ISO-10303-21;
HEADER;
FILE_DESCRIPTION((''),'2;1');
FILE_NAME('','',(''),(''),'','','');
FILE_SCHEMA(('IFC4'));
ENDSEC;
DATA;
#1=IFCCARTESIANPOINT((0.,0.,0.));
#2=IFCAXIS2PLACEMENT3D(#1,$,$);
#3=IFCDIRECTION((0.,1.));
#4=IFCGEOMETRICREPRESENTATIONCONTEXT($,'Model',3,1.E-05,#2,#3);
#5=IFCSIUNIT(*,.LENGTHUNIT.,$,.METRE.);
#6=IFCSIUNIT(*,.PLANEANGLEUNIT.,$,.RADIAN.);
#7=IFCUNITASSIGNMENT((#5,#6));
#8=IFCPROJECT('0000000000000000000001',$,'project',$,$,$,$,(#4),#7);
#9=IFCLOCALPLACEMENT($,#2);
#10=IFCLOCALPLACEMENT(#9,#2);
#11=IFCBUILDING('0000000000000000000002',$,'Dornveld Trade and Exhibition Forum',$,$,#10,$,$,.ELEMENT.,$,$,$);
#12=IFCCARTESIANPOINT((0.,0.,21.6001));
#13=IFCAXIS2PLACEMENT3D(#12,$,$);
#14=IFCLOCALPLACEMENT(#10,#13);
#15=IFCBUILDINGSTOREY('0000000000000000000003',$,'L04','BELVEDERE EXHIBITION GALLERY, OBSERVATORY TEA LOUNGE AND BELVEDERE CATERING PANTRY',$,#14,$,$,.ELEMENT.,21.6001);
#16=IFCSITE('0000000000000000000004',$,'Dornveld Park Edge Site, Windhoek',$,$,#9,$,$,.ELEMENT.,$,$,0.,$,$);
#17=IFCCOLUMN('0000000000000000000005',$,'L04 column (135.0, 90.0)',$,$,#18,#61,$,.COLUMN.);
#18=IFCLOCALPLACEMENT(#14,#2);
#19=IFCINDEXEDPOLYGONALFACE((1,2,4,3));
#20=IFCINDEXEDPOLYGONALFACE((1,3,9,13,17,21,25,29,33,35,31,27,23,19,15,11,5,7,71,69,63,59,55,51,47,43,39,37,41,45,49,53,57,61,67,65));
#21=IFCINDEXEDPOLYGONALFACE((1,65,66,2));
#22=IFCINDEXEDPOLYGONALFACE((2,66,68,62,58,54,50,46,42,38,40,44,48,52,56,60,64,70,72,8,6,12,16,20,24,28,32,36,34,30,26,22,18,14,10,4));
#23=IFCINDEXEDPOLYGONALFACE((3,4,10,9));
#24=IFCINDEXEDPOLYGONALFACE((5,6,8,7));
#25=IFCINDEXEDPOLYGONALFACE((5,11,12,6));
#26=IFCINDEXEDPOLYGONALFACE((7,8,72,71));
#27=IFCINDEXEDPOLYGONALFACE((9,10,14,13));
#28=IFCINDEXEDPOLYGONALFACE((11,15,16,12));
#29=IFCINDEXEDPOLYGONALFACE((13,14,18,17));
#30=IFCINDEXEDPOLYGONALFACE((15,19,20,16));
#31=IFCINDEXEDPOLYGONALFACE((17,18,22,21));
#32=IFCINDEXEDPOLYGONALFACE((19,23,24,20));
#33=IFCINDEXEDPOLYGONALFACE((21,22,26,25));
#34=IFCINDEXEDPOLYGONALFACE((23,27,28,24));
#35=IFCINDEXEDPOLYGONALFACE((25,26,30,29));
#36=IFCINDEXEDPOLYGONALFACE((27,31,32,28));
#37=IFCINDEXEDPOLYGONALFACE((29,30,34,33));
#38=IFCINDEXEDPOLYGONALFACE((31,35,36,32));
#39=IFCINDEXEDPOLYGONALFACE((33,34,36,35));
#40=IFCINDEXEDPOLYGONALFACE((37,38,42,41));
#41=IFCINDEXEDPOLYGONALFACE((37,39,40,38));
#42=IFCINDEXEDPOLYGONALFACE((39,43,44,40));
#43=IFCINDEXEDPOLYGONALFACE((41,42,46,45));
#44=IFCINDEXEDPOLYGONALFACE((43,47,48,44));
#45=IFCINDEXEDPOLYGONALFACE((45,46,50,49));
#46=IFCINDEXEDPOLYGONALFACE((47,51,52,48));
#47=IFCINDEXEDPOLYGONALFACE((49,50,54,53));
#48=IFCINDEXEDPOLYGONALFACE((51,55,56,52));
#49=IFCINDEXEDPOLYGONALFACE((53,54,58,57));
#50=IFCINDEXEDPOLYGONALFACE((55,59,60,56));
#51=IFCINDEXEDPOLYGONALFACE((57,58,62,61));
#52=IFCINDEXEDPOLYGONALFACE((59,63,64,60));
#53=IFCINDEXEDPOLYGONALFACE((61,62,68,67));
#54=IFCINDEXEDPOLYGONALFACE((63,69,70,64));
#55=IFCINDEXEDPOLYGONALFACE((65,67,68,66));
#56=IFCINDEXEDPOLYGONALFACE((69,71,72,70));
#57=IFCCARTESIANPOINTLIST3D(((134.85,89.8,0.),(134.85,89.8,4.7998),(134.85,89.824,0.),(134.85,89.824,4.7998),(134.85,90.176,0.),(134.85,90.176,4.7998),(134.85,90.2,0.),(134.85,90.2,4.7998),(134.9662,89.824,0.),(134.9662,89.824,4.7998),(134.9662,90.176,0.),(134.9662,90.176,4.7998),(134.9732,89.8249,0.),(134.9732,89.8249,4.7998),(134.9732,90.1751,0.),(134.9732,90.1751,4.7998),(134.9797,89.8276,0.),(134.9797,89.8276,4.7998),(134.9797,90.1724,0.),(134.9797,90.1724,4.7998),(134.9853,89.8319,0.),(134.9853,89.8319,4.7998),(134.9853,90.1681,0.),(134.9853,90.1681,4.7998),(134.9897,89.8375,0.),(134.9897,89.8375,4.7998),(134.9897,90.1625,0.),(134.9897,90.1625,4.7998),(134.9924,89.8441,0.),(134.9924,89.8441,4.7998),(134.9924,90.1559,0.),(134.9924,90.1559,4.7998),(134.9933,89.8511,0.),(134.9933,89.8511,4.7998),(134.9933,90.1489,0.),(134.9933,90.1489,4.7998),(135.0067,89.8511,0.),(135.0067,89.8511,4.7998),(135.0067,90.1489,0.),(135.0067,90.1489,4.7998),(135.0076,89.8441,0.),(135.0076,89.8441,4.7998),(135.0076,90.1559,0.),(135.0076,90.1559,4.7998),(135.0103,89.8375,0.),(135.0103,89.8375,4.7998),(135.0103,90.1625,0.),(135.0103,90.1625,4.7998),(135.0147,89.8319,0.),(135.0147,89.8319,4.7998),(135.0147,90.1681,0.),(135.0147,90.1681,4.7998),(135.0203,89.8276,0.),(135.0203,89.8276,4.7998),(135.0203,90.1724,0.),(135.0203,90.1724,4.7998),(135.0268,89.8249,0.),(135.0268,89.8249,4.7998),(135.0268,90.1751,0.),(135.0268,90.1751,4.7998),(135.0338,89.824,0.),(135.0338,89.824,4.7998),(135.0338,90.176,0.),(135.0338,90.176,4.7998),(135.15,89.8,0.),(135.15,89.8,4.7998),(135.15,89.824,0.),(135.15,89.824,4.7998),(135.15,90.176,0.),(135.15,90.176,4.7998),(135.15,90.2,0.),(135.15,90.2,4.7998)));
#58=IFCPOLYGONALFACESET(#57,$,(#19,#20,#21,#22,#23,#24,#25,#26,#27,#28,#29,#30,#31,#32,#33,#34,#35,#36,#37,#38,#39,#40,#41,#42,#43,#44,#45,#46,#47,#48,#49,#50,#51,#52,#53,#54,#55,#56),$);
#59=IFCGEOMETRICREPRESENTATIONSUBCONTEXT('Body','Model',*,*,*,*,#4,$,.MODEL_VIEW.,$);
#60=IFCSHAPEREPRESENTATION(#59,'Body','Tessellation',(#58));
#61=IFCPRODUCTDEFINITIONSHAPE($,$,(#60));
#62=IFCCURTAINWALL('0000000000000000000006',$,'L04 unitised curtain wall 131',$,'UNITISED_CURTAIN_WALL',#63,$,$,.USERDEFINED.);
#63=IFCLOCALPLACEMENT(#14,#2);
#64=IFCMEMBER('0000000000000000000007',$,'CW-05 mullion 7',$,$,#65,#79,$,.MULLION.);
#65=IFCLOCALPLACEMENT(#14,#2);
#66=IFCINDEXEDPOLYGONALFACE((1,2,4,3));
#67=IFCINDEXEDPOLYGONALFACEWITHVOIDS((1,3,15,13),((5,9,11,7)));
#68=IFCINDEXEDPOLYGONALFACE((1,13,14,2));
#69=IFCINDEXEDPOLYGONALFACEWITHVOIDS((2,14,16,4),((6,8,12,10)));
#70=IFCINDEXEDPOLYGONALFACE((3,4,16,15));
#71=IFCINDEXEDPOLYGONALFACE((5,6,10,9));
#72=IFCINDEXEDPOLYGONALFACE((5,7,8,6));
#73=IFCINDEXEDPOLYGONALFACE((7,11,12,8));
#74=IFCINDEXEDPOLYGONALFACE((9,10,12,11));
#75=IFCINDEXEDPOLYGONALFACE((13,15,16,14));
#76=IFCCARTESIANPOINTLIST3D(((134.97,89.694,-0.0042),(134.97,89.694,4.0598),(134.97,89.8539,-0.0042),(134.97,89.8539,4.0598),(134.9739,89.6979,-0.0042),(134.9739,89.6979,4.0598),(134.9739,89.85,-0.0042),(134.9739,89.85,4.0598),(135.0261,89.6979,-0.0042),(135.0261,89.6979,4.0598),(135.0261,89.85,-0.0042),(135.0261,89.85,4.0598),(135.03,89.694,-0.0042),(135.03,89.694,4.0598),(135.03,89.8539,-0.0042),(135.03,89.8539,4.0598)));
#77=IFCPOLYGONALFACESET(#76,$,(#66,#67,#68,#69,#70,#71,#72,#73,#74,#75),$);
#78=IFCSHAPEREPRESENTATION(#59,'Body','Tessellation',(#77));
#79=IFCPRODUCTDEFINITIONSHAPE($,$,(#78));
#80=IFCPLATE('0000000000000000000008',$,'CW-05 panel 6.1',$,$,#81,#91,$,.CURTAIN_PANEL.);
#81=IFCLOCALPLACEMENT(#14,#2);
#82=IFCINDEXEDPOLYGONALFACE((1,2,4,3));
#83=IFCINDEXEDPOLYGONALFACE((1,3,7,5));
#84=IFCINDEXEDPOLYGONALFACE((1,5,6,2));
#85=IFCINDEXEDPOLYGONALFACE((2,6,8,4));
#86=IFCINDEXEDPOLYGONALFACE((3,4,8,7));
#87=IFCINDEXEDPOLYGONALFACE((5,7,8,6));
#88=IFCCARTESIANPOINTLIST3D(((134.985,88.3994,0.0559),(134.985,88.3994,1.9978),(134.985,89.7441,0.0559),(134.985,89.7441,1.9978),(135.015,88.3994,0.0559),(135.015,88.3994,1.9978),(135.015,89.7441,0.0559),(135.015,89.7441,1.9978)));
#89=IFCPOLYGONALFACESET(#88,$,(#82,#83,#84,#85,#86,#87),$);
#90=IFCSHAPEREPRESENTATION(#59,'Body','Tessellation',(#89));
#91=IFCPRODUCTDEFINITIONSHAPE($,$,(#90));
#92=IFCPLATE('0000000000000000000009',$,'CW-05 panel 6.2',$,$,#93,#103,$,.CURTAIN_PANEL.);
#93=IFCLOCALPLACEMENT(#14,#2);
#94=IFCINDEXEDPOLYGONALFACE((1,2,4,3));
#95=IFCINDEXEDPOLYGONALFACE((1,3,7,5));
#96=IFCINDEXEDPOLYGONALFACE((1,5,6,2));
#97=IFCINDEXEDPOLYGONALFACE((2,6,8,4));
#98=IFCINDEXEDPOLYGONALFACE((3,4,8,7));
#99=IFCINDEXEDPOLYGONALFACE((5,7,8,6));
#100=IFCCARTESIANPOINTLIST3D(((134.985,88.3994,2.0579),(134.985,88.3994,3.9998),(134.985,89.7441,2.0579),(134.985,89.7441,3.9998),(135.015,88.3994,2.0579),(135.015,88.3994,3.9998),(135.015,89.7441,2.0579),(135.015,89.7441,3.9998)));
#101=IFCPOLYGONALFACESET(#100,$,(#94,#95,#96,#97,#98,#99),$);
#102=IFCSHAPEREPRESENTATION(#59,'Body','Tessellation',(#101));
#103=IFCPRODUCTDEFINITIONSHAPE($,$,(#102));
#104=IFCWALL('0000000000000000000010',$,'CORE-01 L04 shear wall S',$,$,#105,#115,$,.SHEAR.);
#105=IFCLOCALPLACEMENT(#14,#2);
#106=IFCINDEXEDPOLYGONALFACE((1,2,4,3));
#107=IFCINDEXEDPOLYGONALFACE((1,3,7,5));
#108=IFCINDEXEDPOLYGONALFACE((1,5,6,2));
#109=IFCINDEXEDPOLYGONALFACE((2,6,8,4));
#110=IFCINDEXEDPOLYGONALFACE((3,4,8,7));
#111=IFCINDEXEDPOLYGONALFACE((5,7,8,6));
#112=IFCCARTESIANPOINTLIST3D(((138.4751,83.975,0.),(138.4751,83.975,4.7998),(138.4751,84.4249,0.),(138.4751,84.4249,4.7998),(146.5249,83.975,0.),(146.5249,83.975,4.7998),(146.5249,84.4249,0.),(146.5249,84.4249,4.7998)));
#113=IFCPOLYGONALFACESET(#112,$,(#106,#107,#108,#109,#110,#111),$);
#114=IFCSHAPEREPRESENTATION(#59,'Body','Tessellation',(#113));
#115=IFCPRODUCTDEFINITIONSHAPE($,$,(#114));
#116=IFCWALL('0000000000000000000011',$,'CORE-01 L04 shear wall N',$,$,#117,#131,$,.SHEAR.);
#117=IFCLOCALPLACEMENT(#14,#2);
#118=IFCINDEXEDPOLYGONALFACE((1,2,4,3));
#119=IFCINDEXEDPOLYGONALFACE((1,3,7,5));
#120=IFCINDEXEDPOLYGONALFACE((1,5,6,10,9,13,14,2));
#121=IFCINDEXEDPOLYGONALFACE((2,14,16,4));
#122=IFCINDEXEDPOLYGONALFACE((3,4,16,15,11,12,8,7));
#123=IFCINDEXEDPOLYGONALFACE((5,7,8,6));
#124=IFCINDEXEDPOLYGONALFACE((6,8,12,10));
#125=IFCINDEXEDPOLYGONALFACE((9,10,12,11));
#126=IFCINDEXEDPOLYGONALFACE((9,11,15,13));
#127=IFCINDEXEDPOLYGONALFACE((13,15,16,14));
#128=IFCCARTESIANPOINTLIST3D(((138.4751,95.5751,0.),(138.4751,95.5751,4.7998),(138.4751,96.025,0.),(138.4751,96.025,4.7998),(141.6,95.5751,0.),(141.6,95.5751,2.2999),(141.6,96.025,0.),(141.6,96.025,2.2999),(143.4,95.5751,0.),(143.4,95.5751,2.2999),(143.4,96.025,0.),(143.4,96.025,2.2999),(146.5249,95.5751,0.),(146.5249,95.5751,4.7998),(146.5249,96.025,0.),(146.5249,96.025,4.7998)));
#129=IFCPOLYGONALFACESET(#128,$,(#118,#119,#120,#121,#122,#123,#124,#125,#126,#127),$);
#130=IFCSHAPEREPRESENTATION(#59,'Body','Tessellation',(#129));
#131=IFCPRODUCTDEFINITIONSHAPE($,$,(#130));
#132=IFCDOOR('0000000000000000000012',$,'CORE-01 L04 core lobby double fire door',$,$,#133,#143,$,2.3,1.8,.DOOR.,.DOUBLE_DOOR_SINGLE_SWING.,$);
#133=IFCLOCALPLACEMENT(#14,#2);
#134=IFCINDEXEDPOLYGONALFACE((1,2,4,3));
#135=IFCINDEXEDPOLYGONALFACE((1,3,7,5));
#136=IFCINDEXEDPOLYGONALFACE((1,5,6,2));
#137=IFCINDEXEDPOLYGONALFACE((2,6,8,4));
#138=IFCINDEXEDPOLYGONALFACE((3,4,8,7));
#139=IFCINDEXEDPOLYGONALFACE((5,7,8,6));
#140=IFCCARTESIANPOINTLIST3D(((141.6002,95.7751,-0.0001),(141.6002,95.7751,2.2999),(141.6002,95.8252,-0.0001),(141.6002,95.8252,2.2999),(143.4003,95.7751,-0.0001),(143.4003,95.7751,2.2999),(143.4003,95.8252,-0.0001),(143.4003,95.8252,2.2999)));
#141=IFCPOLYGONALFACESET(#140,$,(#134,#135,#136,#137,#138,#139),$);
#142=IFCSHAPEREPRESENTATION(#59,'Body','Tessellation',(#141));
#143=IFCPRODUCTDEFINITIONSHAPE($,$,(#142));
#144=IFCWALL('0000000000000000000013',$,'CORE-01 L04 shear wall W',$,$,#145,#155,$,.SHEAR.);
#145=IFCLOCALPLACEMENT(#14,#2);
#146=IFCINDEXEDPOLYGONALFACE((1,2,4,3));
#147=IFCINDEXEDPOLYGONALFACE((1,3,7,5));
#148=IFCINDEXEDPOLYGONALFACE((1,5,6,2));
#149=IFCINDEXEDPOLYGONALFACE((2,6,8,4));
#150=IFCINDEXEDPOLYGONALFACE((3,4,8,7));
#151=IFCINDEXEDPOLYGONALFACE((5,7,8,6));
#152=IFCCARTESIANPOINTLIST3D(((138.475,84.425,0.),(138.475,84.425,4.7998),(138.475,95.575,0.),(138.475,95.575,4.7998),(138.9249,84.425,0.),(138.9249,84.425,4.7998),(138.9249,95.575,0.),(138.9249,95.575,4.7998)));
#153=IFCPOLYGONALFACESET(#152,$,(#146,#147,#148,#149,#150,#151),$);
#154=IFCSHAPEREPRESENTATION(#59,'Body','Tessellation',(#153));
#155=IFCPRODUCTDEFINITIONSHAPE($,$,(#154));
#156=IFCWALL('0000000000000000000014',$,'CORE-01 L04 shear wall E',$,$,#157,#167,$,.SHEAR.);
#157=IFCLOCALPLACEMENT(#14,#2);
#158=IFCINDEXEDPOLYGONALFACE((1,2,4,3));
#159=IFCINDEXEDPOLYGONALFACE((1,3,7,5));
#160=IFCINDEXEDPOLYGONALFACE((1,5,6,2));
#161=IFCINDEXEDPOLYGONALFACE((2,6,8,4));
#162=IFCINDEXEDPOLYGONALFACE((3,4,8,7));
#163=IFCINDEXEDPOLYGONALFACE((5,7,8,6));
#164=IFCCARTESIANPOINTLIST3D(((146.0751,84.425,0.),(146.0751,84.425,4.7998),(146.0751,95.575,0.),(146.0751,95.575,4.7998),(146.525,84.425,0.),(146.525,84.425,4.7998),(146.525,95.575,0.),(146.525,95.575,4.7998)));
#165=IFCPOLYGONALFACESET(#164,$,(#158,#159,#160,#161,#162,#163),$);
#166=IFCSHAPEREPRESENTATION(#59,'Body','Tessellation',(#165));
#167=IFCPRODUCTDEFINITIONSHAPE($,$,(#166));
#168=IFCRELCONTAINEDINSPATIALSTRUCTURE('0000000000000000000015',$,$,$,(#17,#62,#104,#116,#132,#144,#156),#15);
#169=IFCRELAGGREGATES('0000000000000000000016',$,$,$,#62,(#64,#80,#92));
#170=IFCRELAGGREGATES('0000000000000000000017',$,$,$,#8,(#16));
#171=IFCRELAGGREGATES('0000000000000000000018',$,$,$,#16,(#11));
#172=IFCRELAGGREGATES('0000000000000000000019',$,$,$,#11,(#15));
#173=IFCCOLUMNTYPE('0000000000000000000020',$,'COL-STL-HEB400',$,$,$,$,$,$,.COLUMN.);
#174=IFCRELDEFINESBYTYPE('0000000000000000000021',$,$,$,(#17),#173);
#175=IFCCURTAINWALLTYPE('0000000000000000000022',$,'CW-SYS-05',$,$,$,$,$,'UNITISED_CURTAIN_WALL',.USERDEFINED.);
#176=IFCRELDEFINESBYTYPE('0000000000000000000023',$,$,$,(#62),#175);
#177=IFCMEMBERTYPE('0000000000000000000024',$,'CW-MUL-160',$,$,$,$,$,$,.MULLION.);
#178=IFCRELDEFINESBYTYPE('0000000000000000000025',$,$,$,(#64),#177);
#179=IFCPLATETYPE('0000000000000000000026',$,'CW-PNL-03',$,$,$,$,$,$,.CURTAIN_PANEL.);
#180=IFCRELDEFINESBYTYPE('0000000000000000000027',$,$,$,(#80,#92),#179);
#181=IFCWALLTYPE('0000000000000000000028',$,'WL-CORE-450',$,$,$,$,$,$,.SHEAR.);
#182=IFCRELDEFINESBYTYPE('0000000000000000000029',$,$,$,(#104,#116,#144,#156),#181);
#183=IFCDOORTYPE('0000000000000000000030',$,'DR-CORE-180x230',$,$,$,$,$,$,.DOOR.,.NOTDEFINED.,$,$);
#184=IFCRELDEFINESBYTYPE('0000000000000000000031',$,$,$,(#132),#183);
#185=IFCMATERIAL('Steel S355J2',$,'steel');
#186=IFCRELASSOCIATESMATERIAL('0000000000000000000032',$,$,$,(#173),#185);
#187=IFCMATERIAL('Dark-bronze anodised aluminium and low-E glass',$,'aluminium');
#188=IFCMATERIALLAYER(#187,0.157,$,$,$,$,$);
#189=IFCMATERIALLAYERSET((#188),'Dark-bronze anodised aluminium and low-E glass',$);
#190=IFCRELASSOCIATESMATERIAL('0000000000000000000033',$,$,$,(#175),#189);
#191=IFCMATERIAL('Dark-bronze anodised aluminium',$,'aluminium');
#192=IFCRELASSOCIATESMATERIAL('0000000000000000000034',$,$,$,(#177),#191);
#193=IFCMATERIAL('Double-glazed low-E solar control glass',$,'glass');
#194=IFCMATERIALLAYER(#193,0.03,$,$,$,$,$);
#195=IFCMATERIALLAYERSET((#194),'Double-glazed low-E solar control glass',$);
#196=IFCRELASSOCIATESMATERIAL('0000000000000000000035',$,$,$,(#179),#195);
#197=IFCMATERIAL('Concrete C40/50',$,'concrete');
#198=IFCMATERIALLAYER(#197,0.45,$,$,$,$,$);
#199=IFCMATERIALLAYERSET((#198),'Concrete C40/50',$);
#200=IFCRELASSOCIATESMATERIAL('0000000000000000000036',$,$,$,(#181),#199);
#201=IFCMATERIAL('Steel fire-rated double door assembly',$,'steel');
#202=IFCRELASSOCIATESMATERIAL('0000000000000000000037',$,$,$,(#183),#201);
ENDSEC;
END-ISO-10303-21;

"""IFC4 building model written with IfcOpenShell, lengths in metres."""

from ifc_helpers import new_model, si_unit, direction, frame, frame_2d, origin, origin_2d, place, context, subcontext, project, spatial, rectangle, hollow_rectangle, i_section, extrude, material, layer, layer_set, material_profile, profile_set, type_object, element, fill, aggregate, save


model = new_model("IFC4")

# Units and contexts
model_context = context("Model", 3, precision=1e-05, world=origin(), true_north=direction((0.0, 1.0)))
body_context = subcontext(model_context, "Body", "Model", "MODEL_VIEW")
ifc_project = project(units=[si_unit("LENGTHUNIT", "METRE"), si_unit("PLANEANGLEUNIT", "RADIAN")], contexts=[model_context])

# Site, building, storey
site_placement = place(None, origin())
site = spatial("IfcSite", under=ifc_project, at=site_placement, Name="Dornveld Park Edge Site, Windhoek", CompositionType="ELEMENT", RefElevation=0.0)
building_placement = place(site_placement, origin())
building = spatial("IfcBuilding", under=site, at=building_placement, Name="Dornveld Trade and Exhibition Forum", CompositionType="ELEMENT")
storey_placement = place(building_placement, frame((0.0, 0.0, 21.6001)))
storey = spatial("IfcBuildingStorey", under=building, at=storey_placement, Name="L04", Description="BELVEDERE EXHIBITION GALLERY, OBSERVATORY TEA LOUNGE AND BELVEDERE CATERING PANTRY", CompositionType="ELEMENT", Elevation=21.6001)

# Column
ifc_material_1 = material(Name="Steel S355J2", Category="steel")
ifc_material_profile_1 = material_profile(ifc_material_1, i_section(OverallWidth=0.3, OverallDepth=0.3999, WebThickness=0.0134, FlangeThickness=0.0239, FilletRadius=0.0271, at=origin_2d()), Name="HEB 400")
ifc_profile_set_1 = profile_set([ifc_material_profile_1], Name="Steel S355J2")
column_type = type_object("IfcColumnType", Name="COL-STL-HEB400", PredefinedType="COLUMN", material=ifc_profile_set_1)
column_placement = place(storey_placement, frame((135.0, 90.0, 0.0), z_axis=(0.0, 0.0, 1.0), x_axis=(1.0, 0.0, 0.0)))
element("IfcColumn", 1, at=column_placement, inside=storey, type_object=column_type, Name="L04 column (135.0, 90.0)", PredefinedType="COLUMN", context=body_context, shape_type="SweptSolid", body=[
    extrude(i_section(OverallWidth=0.3, OverallDepth=0.3999, WebThickness=0.0134, FlangeThickness=0.0239, FilletRadius=0.0271, at=origin_2d()), origin(), (0.0, 0.0, 1.0), 4.7998),
])

# Curtain wall, member, plates
ifc_material_2 = material(Name="Dark-bronze anodised aluminium and low-E glass", Category="aluminium")
ifc_layer_1 = layer(ifc_material_2, 0.157)
ifc_layer_set_1 = layer_set([ifc_layer_1], Name="Dark-bronze anodised aluminium and low-E glass")
curtain_wall_type = type_object("IfcCurtainWallType", Name="CW-SYS-05", ElementType="UNITISED_CURTAIN_WALL", PredefinedType="USERDEFINED", material=ifc_layer_set_1)
curtain_wall_placement = place(storey_placement, origin())
curtain_wall = element("IfcCurtainWall", 2, at=curtain_wall_placement, inside=storey, type_object=curtain_wall_type, Name="L04 unitised curtain wall 131", ObjectType="UNITISED_CURTAIN_WALL", PredefinedType="USERDEFINED")
ifc_material_3 = material(Name="Dark-bronze anodised aluminium", Category="aluminium")
ifc_material_profile_2 = material_profile(ifc_material_3, hollow_rectangle(XDim=0.0601, YDim=0.1599, WallThickness=0.0039, at=origin_2d()), Name="RHS 160x60x4")
ifc_profile_set_2 = profile_set([ifc_material_profile_2], Name="Dark-bronze anodised aluminium")
member_type = type_object("IfcMemberType", Name="CW-MUL-160", PredefinedType="MULLION", material=ifc_profile_set_2)
member_placement = place(storey_placement, frame((135.0, 89.7739, -0.0042), z_axis=(0.0, 0.0, 1.0), x_axis=(-1.0, 0.0, 0.0)))
member = element("IfcMember", 3, at=member_placement, type_object=member_type, Name="CW-05 mullion 7", PredefinedType="MULLION", context=body_context, shape_type="SweptSolid", body=[
    extrude(hollow_rectangle(XDim=0.0601, YDim=0.1599, WallThickness=0.0039, at=origin_2d()), origin(), (0.0, 0.0, 1.0), 4.064),
])
ifc_material_4 = material(Name="Double-glazed low-E solar control glass", Category="glass")
ifc_layer_2 = layer(ifc_material_4, 0.03)
ifc_layer_set_2 = layer_set([ifc_layer_2], Name="Double-glazed low-E solar control glass")
plate_type = type_object("IfcPlateType", Name="CW-PNL-03", PredefinedType="CURTAIN_PANEL", material=ifc_layer_set_2)
plate_1_placement = place(storey_placement, frame((135.0, 89.0718, 0.0559), z_axis=(0.0, 0.0, 1.0), x_axis=(0.0, 1.0, 0.0)))
plate_1 = element("IfcPlate", 4, at=plate_1_placement, type_object=plate_type, Name="CW-05 panel 6.1", PredefinedType="CURTAIN_PANEL", context=body_context, shape_type="SweptSolid", body=[
    extrude(rectangle(XDim=1.3447, YDim=0.03, at=origin_2d()), origin(), (0.0, 0.0, 1.0), 1.9419),
])
plate_2_placement = place(storey_placement, frame((135.0, 89.0718, 2.0579), z_axis=(0.0, 0.0, 1.0), x_axis=(0.0, 1.0, 0.0)))
plate_2 = element("IfcPlate", 5, at=plate_2_placement, type_object=plate_type, Name="CW-05 panel 6.2", PredefinedType="CURTAIN_PANEL", context=body_context, shape_type="SweptSolid", body=[
    extrude(rectangle(XDim=1.3447, YDim=0.03, at=origin_2d()), origin(), (0.0, 0.0, 1.0), 1.9419),
])
aggregate(curtain_wall, [member, plate_1, plate_2])

# Wall
ifc_material_5 = material(Name="Concrete C40/50", Category="concrete")
ifc_layer_3 = layer(ifc_material_5, 0.45)
ifc_layer_set_3 = layer_set([ifc_layer_3], Name="Concrete C40/50")
wall_type_1 = type_object("IfcWallType", Name="WL-CORE-450", PredefinedType="SHEAR", material=ifc_layer_set_3)
wall_1_placement = place(storey_placement, frame((138.4751, 84.2, 0.0), z_axis=(0.0, 0.0, 1.0), x_axis=(1.0, 0.0, 0.0)))
element("IfcWall", 6, at=wall_1_placement, inside=storey, type_object=wall_type_1, Name="CORE-01 L04 shear wall S", PredefinedType="SHEAR", context=body_context, shape_type="SweptSolid", body=[
    extrude(rectangle(XDim=8.0498, YDim=0.45, at=frame_2d((4.0249, 0.0))), origin(), (0.0, 0.0, 1.0), 4.7998),
])

# Wall, opening, door
wall_2_placement = place(storey_placement, frame((138.4751, 95.8, 0.0), z_axis=(0.0, 0.0, 1.0), x_axis=(1.0, 0.0, 0.0)))
wall_2 = element("IfcWall", 7, at=wall_2_placement, inside=storey, type_object=wall_type_1, Name="CORE-01 L04 shear wall N", PredefinedType="SHEAR", context=body_context, shape_type="SweptSolid", body=[
    extrude(rectangle(XDim=8.0498, YDim=0.45, at=frame_2d((4.0249, 0.0))), origin(), (0.0, 0.0, 1.0), 4.7998),
])
opening_1_placement = place(wall_2_placement, frame((3.125, 0.0, 0.0)))
opening_1 = element("IfcOpeningElement", 8, at=opening_1_placement, cuts=wall_2, PredefinedType="OPENING", context=body_context, shape_type="SweptSolid", body=[
    extrude(rectangle(XDim=1.8, YDim=2.3, at=frame_2d((0.8999, 1.1499))), frame((0.0, 0.2349, 0.0), z_axis=(0.0, -1.0, 0.0), x_axis=(1.0, 0.0, 0.0)), (0.0, 0.0, 1.0), 0.47),
])
ifc_material_6 = material(Name="Steel fire-rated double door assembly", Category="steel")
door_type_1 = type_object("IfcDoorType", Name="DR-CORE-180x230", OperationType="NOTDEFINED", PredefinedType="DOOR", material=ifc_material_6)
door_1_placement = place(opening_1_placement, frame((1.8, 0.0, 0.0), z_axis=(0.0, 0.0, 1.0), x_axis=(-1.0, 0.0, 0.0)))
door_1 = element("IfcDoor", 9, at=door_1_placement, inside=storey, type_object=door_type_1, Name="CORE-01 L04 core lobby double fire door", OperationType="DOUBLE_DOOR_SINGLE_SWING", OverallHeight=2.3, OverallWidth=1.8, PredefinedType="DOOR", context=body_context, shape_type="SweptSolid", body=[
    extrude(rectangle(XDim=1.8, YDim=2.3, at=frame_2d((0.8999, 1.1499))), frame((0.0, 0.0249, 0.0), z_axis=(0.0, -1.0, 0.0), x_axis=(1.0, 0.0, 0.0)), (0.0, 0.0, 1.0), 0.05),
])
fill(opening_1, door_1)

# Walls
for number, where, z_axis, x_axis, name in (
    (10, (138.7, 84.425, 0.0), (0.0, 0.0, 1.0), (0.0, 1.0, 0.0), "CORE-01 L04 shear wall W"),
    (11, (146.3, 84.425, 0.0), (0.0, 0.0, 1.0), (0.0, 1.0, 0.0), "CORE-01 L04 shear wall E"),
):
    element("IfcWall", number, at=place(storey_placement, frame(where, z_axis=z_axis, x_axis=x_axis)), inside=storey, type_object=wall_type_1, Name=name, PredefinedType="SHEAR", context=body_context, shape_type="SweptSolid", body=[
        extrude(rectangle(XDim=11.1499, YDim=0.45, at=frame_2d((5.575, 0.0))), origin(), (0.0, 0.0, 1.0), 4.7998),
    ])

save(model, "model.ifc")
